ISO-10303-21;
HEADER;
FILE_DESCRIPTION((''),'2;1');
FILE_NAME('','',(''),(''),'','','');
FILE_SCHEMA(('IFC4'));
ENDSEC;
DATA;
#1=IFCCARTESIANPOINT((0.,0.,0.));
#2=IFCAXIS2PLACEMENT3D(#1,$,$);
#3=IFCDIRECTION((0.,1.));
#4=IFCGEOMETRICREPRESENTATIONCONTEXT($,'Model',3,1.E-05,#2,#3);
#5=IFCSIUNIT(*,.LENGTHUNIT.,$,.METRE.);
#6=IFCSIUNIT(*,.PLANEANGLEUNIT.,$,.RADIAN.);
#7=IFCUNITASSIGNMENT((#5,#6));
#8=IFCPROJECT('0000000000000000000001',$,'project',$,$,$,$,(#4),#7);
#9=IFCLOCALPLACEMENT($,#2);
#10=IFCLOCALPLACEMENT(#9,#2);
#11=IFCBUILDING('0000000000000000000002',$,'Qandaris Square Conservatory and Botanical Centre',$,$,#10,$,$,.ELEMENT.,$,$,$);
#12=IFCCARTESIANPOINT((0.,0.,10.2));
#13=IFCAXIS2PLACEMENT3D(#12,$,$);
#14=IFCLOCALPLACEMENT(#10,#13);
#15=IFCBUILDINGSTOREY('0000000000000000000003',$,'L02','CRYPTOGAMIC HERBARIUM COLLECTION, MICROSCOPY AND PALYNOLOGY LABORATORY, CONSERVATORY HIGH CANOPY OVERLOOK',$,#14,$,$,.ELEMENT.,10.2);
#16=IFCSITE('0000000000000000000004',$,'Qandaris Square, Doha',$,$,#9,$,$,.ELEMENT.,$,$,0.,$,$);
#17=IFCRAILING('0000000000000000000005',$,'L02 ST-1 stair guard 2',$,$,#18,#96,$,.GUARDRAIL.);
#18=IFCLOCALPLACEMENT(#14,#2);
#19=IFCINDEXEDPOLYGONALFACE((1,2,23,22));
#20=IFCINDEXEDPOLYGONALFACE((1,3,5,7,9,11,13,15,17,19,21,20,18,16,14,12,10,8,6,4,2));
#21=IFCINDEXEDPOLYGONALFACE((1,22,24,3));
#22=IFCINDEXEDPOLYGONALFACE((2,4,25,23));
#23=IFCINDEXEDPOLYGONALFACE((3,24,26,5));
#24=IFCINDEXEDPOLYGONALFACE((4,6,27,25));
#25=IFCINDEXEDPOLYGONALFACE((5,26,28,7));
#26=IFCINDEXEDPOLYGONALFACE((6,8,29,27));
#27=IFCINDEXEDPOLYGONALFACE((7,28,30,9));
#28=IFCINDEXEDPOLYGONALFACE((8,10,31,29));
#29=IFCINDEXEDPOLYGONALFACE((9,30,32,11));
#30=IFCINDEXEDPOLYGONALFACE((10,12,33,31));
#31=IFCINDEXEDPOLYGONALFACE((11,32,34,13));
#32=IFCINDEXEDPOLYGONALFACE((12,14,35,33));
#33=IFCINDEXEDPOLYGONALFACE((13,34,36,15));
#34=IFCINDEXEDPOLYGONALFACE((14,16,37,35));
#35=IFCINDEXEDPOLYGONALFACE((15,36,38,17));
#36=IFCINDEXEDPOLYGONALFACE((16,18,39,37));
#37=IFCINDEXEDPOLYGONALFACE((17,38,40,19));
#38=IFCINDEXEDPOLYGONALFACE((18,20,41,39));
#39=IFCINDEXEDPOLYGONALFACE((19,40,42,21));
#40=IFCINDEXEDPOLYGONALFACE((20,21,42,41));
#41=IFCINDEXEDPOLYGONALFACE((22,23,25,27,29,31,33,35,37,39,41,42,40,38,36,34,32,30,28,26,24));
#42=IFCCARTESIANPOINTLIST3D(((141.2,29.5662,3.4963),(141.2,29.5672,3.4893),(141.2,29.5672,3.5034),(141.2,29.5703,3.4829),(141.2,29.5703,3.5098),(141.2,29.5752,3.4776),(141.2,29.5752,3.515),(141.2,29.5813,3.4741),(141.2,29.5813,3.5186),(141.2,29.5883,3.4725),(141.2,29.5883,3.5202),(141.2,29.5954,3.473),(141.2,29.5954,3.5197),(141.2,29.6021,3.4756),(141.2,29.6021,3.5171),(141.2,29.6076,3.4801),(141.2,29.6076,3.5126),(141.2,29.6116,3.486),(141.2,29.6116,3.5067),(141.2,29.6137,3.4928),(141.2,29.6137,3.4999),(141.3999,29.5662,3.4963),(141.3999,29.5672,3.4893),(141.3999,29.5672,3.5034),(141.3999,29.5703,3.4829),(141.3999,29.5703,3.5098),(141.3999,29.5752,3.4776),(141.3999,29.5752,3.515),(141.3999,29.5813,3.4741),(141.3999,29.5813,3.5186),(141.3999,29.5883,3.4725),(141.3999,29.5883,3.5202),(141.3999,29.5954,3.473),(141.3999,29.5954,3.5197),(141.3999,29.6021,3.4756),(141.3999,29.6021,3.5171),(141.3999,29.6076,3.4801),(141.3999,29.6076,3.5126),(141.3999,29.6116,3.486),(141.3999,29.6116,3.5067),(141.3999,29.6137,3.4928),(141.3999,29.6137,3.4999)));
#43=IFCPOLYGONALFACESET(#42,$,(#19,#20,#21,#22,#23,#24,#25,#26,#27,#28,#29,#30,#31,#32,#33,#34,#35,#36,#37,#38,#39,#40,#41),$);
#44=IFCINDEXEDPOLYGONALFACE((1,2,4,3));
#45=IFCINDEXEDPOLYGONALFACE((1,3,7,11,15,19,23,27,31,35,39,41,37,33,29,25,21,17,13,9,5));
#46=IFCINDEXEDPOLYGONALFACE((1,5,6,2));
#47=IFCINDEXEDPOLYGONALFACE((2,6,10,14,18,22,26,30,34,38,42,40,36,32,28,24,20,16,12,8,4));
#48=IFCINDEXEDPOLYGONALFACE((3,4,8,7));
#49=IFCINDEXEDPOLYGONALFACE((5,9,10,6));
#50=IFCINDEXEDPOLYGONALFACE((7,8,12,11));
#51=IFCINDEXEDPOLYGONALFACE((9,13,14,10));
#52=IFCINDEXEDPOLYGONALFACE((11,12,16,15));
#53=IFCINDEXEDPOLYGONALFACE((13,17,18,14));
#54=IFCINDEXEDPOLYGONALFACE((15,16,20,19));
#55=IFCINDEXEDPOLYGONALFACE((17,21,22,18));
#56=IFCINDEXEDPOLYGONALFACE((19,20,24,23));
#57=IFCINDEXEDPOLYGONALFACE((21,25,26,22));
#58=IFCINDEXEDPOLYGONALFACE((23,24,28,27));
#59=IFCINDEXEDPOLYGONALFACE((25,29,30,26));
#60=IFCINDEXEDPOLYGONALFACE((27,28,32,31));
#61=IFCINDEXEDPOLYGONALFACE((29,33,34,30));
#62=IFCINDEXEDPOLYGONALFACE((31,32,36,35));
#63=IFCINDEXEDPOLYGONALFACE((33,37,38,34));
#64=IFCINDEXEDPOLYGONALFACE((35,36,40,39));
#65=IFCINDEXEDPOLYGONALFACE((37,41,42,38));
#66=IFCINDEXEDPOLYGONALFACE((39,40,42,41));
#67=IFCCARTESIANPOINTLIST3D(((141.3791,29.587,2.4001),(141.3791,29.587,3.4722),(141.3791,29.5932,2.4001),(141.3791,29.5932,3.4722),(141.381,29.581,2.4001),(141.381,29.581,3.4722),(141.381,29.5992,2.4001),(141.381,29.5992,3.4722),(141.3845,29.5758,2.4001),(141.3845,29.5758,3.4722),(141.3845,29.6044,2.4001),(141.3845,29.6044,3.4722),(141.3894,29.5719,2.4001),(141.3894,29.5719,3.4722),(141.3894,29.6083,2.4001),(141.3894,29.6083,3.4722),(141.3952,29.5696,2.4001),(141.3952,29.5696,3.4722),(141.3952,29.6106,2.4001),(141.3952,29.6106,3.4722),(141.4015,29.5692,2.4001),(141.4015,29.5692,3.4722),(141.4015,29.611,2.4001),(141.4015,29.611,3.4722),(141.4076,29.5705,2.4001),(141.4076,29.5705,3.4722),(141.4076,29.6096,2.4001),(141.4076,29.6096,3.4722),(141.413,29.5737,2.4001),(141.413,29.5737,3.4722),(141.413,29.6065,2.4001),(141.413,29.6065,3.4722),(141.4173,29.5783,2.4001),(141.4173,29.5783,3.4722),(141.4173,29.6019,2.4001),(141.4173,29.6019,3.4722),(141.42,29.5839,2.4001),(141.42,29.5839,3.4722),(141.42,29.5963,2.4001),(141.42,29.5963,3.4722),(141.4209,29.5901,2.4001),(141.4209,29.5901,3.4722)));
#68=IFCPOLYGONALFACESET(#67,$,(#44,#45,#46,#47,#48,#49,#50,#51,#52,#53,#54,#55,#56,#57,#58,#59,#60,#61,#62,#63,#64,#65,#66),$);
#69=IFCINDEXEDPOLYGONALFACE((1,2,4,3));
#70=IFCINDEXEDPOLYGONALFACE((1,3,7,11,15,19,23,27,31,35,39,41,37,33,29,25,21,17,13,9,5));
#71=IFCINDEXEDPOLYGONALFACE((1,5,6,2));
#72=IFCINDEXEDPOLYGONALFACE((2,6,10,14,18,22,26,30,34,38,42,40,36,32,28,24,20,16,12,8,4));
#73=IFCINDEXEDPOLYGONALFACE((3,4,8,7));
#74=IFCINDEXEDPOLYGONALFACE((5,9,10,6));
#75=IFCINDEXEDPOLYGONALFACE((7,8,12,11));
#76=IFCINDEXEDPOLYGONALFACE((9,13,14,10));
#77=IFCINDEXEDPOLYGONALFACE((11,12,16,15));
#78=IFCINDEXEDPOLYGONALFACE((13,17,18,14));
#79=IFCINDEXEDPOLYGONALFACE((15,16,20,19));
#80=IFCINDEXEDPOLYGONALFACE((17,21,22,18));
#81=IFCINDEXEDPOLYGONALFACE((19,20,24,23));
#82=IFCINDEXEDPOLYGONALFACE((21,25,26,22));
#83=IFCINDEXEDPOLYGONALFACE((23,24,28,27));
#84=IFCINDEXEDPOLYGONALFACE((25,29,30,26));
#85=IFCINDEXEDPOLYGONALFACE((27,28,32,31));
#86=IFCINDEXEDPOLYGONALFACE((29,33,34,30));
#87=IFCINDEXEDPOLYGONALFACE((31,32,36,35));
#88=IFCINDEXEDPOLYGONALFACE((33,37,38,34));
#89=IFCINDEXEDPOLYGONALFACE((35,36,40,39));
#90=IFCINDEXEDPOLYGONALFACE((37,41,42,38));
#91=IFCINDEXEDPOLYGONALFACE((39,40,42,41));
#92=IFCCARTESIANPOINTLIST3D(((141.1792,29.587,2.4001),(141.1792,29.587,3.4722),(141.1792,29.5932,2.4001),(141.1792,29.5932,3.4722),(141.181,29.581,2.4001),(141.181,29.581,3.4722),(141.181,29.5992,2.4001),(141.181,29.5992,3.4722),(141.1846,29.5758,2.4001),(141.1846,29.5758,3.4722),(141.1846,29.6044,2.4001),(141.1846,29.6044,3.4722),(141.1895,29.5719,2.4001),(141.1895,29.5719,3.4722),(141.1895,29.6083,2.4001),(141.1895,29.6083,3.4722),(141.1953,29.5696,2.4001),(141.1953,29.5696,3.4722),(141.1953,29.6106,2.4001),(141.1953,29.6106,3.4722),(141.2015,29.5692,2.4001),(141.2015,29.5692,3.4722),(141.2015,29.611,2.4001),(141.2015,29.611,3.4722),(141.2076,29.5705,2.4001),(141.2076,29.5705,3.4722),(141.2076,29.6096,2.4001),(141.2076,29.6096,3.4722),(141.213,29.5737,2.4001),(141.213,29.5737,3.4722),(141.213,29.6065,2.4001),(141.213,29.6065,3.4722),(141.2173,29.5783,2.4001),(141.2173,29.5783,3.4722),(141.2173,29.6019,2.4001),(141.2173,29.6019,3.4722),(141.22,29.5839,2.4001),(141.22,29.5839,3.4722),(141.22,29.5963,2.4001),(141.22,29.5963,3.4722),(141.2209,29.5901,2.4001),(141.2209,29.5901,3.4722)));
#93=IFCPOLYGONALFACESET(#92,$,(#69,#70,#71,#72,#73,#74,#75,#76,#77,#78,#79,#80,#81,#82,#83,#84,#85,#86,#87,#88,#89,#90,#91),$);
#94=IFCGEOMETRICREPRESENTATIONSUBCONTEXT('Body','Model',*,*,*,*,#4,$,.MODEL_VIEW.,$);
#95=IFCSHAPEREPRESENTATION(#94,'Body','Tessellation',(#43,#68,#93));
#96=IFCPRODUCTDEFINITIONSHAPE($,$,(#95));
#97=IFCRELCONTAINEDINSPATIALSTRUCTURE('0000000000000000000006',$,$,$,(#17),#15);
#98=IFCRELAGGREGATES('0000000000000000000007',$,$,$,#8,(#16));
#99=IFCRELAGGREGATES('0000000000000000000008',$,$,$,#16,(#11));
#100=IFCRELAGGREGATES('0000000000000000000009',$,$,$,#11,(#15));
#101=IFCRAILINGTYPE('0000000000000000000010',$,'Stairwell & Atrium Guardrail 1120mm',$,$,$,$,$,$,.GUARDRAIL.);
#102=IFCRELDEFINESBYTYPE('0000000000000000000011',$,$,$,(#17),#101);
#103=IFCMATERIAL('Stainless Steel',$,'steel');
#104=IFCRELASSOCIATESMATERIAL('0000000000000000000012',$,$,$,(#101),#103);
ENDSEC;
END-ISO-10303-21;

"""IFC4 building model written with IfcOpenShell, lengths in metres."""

from ifc_helpers import new_model, si_unit, direction, frame, origin, origin_2d, place, context, subcontext, project, spatial, circle, extrude, material, type_object, element, save


model = new_model("IFC4")

# Units and contexts
model_context = context("Model", 3, precision=1e-05, world=origin(), true_north=direction((0.0, 1.0)))
body_context = subcontext(model_context, "Body", "Model", "MODEL_VIEW")
ifc_project = project(units=[si_unit("LENGTHUNIT", "METRE"), si_unit("PLANEANGLEUNIT", "RADIAN")], contexts=[model_context])

# Site, building, storey
site_placement = place(None, origin())
site = spatial("IfcSite", under=ifc_project, at=site_placement, Name="Qandaris Square, Doha", CompositionType="ELEMENT", RefElevation=0.0)
building_placement = place(site_placement, origin())
building = spatial("IfcBuilding", under=site, at=building_placement, Name="Qandaris Square Conservatory and Botanical Centre", CompositionType="ELEMENT")
storey_placement = place(building_placement, frame((0.0, 0.0, 10.2)))
storey = spatial("IfcBuildingStorey", under=building, at=storey_placement, Name="L02", Description="CRYPTOGAMIC HERBARIUM COLLECTION, MICROSCOPY AND PALYNOLOGY LABORATORY, CONSERVATORY HIGH CANOPY OVERLOOK", CompositionType="ELEMENT", Elevation=10.2)

# Railing
ifc_material_1 = material(Name="Stainless Steel", Category="steel")
railing_type_1 = type_object("IfcRailingType", Name="Stairwell & Atrium Guardrail 1120mm", PredefinedType="GUARDRAIL", material=ifc_material_1)
railing_1_placement = place(storey_placement, frame((141.3999, 29.5901, 2.4001)))
element("IfcRailing", 1, at=railing_1_placement, inside=storey, type_object=railing_type_1, Name="L02 ST-1 stair guard 2", PredefinedType="GUARDRAIL", context=body_context, shape_type="SweptSolid", body=[
    extrude(circle(Radius=0.0239, at=origin_2d()), frame((0.0, 0.0, 1.0962), z_axis=(-1.0, 0.0, 0.0), x_axis=(0.0, -1.0, 0.0)), (0.0, 0.0, 1.0), 0.2),
    extrude(circle(Radius=0.021, at=origin_2d()), origin(), (0.0, 0.0, 1.0), 1.072),
    extrude(circle(Radius=0.021, at=origin_2d()), frame((-0.2, 0.0, 0.0)), (0.0, 0.0, 1.0), 1.072),
])

save(model, "model.ifc")
